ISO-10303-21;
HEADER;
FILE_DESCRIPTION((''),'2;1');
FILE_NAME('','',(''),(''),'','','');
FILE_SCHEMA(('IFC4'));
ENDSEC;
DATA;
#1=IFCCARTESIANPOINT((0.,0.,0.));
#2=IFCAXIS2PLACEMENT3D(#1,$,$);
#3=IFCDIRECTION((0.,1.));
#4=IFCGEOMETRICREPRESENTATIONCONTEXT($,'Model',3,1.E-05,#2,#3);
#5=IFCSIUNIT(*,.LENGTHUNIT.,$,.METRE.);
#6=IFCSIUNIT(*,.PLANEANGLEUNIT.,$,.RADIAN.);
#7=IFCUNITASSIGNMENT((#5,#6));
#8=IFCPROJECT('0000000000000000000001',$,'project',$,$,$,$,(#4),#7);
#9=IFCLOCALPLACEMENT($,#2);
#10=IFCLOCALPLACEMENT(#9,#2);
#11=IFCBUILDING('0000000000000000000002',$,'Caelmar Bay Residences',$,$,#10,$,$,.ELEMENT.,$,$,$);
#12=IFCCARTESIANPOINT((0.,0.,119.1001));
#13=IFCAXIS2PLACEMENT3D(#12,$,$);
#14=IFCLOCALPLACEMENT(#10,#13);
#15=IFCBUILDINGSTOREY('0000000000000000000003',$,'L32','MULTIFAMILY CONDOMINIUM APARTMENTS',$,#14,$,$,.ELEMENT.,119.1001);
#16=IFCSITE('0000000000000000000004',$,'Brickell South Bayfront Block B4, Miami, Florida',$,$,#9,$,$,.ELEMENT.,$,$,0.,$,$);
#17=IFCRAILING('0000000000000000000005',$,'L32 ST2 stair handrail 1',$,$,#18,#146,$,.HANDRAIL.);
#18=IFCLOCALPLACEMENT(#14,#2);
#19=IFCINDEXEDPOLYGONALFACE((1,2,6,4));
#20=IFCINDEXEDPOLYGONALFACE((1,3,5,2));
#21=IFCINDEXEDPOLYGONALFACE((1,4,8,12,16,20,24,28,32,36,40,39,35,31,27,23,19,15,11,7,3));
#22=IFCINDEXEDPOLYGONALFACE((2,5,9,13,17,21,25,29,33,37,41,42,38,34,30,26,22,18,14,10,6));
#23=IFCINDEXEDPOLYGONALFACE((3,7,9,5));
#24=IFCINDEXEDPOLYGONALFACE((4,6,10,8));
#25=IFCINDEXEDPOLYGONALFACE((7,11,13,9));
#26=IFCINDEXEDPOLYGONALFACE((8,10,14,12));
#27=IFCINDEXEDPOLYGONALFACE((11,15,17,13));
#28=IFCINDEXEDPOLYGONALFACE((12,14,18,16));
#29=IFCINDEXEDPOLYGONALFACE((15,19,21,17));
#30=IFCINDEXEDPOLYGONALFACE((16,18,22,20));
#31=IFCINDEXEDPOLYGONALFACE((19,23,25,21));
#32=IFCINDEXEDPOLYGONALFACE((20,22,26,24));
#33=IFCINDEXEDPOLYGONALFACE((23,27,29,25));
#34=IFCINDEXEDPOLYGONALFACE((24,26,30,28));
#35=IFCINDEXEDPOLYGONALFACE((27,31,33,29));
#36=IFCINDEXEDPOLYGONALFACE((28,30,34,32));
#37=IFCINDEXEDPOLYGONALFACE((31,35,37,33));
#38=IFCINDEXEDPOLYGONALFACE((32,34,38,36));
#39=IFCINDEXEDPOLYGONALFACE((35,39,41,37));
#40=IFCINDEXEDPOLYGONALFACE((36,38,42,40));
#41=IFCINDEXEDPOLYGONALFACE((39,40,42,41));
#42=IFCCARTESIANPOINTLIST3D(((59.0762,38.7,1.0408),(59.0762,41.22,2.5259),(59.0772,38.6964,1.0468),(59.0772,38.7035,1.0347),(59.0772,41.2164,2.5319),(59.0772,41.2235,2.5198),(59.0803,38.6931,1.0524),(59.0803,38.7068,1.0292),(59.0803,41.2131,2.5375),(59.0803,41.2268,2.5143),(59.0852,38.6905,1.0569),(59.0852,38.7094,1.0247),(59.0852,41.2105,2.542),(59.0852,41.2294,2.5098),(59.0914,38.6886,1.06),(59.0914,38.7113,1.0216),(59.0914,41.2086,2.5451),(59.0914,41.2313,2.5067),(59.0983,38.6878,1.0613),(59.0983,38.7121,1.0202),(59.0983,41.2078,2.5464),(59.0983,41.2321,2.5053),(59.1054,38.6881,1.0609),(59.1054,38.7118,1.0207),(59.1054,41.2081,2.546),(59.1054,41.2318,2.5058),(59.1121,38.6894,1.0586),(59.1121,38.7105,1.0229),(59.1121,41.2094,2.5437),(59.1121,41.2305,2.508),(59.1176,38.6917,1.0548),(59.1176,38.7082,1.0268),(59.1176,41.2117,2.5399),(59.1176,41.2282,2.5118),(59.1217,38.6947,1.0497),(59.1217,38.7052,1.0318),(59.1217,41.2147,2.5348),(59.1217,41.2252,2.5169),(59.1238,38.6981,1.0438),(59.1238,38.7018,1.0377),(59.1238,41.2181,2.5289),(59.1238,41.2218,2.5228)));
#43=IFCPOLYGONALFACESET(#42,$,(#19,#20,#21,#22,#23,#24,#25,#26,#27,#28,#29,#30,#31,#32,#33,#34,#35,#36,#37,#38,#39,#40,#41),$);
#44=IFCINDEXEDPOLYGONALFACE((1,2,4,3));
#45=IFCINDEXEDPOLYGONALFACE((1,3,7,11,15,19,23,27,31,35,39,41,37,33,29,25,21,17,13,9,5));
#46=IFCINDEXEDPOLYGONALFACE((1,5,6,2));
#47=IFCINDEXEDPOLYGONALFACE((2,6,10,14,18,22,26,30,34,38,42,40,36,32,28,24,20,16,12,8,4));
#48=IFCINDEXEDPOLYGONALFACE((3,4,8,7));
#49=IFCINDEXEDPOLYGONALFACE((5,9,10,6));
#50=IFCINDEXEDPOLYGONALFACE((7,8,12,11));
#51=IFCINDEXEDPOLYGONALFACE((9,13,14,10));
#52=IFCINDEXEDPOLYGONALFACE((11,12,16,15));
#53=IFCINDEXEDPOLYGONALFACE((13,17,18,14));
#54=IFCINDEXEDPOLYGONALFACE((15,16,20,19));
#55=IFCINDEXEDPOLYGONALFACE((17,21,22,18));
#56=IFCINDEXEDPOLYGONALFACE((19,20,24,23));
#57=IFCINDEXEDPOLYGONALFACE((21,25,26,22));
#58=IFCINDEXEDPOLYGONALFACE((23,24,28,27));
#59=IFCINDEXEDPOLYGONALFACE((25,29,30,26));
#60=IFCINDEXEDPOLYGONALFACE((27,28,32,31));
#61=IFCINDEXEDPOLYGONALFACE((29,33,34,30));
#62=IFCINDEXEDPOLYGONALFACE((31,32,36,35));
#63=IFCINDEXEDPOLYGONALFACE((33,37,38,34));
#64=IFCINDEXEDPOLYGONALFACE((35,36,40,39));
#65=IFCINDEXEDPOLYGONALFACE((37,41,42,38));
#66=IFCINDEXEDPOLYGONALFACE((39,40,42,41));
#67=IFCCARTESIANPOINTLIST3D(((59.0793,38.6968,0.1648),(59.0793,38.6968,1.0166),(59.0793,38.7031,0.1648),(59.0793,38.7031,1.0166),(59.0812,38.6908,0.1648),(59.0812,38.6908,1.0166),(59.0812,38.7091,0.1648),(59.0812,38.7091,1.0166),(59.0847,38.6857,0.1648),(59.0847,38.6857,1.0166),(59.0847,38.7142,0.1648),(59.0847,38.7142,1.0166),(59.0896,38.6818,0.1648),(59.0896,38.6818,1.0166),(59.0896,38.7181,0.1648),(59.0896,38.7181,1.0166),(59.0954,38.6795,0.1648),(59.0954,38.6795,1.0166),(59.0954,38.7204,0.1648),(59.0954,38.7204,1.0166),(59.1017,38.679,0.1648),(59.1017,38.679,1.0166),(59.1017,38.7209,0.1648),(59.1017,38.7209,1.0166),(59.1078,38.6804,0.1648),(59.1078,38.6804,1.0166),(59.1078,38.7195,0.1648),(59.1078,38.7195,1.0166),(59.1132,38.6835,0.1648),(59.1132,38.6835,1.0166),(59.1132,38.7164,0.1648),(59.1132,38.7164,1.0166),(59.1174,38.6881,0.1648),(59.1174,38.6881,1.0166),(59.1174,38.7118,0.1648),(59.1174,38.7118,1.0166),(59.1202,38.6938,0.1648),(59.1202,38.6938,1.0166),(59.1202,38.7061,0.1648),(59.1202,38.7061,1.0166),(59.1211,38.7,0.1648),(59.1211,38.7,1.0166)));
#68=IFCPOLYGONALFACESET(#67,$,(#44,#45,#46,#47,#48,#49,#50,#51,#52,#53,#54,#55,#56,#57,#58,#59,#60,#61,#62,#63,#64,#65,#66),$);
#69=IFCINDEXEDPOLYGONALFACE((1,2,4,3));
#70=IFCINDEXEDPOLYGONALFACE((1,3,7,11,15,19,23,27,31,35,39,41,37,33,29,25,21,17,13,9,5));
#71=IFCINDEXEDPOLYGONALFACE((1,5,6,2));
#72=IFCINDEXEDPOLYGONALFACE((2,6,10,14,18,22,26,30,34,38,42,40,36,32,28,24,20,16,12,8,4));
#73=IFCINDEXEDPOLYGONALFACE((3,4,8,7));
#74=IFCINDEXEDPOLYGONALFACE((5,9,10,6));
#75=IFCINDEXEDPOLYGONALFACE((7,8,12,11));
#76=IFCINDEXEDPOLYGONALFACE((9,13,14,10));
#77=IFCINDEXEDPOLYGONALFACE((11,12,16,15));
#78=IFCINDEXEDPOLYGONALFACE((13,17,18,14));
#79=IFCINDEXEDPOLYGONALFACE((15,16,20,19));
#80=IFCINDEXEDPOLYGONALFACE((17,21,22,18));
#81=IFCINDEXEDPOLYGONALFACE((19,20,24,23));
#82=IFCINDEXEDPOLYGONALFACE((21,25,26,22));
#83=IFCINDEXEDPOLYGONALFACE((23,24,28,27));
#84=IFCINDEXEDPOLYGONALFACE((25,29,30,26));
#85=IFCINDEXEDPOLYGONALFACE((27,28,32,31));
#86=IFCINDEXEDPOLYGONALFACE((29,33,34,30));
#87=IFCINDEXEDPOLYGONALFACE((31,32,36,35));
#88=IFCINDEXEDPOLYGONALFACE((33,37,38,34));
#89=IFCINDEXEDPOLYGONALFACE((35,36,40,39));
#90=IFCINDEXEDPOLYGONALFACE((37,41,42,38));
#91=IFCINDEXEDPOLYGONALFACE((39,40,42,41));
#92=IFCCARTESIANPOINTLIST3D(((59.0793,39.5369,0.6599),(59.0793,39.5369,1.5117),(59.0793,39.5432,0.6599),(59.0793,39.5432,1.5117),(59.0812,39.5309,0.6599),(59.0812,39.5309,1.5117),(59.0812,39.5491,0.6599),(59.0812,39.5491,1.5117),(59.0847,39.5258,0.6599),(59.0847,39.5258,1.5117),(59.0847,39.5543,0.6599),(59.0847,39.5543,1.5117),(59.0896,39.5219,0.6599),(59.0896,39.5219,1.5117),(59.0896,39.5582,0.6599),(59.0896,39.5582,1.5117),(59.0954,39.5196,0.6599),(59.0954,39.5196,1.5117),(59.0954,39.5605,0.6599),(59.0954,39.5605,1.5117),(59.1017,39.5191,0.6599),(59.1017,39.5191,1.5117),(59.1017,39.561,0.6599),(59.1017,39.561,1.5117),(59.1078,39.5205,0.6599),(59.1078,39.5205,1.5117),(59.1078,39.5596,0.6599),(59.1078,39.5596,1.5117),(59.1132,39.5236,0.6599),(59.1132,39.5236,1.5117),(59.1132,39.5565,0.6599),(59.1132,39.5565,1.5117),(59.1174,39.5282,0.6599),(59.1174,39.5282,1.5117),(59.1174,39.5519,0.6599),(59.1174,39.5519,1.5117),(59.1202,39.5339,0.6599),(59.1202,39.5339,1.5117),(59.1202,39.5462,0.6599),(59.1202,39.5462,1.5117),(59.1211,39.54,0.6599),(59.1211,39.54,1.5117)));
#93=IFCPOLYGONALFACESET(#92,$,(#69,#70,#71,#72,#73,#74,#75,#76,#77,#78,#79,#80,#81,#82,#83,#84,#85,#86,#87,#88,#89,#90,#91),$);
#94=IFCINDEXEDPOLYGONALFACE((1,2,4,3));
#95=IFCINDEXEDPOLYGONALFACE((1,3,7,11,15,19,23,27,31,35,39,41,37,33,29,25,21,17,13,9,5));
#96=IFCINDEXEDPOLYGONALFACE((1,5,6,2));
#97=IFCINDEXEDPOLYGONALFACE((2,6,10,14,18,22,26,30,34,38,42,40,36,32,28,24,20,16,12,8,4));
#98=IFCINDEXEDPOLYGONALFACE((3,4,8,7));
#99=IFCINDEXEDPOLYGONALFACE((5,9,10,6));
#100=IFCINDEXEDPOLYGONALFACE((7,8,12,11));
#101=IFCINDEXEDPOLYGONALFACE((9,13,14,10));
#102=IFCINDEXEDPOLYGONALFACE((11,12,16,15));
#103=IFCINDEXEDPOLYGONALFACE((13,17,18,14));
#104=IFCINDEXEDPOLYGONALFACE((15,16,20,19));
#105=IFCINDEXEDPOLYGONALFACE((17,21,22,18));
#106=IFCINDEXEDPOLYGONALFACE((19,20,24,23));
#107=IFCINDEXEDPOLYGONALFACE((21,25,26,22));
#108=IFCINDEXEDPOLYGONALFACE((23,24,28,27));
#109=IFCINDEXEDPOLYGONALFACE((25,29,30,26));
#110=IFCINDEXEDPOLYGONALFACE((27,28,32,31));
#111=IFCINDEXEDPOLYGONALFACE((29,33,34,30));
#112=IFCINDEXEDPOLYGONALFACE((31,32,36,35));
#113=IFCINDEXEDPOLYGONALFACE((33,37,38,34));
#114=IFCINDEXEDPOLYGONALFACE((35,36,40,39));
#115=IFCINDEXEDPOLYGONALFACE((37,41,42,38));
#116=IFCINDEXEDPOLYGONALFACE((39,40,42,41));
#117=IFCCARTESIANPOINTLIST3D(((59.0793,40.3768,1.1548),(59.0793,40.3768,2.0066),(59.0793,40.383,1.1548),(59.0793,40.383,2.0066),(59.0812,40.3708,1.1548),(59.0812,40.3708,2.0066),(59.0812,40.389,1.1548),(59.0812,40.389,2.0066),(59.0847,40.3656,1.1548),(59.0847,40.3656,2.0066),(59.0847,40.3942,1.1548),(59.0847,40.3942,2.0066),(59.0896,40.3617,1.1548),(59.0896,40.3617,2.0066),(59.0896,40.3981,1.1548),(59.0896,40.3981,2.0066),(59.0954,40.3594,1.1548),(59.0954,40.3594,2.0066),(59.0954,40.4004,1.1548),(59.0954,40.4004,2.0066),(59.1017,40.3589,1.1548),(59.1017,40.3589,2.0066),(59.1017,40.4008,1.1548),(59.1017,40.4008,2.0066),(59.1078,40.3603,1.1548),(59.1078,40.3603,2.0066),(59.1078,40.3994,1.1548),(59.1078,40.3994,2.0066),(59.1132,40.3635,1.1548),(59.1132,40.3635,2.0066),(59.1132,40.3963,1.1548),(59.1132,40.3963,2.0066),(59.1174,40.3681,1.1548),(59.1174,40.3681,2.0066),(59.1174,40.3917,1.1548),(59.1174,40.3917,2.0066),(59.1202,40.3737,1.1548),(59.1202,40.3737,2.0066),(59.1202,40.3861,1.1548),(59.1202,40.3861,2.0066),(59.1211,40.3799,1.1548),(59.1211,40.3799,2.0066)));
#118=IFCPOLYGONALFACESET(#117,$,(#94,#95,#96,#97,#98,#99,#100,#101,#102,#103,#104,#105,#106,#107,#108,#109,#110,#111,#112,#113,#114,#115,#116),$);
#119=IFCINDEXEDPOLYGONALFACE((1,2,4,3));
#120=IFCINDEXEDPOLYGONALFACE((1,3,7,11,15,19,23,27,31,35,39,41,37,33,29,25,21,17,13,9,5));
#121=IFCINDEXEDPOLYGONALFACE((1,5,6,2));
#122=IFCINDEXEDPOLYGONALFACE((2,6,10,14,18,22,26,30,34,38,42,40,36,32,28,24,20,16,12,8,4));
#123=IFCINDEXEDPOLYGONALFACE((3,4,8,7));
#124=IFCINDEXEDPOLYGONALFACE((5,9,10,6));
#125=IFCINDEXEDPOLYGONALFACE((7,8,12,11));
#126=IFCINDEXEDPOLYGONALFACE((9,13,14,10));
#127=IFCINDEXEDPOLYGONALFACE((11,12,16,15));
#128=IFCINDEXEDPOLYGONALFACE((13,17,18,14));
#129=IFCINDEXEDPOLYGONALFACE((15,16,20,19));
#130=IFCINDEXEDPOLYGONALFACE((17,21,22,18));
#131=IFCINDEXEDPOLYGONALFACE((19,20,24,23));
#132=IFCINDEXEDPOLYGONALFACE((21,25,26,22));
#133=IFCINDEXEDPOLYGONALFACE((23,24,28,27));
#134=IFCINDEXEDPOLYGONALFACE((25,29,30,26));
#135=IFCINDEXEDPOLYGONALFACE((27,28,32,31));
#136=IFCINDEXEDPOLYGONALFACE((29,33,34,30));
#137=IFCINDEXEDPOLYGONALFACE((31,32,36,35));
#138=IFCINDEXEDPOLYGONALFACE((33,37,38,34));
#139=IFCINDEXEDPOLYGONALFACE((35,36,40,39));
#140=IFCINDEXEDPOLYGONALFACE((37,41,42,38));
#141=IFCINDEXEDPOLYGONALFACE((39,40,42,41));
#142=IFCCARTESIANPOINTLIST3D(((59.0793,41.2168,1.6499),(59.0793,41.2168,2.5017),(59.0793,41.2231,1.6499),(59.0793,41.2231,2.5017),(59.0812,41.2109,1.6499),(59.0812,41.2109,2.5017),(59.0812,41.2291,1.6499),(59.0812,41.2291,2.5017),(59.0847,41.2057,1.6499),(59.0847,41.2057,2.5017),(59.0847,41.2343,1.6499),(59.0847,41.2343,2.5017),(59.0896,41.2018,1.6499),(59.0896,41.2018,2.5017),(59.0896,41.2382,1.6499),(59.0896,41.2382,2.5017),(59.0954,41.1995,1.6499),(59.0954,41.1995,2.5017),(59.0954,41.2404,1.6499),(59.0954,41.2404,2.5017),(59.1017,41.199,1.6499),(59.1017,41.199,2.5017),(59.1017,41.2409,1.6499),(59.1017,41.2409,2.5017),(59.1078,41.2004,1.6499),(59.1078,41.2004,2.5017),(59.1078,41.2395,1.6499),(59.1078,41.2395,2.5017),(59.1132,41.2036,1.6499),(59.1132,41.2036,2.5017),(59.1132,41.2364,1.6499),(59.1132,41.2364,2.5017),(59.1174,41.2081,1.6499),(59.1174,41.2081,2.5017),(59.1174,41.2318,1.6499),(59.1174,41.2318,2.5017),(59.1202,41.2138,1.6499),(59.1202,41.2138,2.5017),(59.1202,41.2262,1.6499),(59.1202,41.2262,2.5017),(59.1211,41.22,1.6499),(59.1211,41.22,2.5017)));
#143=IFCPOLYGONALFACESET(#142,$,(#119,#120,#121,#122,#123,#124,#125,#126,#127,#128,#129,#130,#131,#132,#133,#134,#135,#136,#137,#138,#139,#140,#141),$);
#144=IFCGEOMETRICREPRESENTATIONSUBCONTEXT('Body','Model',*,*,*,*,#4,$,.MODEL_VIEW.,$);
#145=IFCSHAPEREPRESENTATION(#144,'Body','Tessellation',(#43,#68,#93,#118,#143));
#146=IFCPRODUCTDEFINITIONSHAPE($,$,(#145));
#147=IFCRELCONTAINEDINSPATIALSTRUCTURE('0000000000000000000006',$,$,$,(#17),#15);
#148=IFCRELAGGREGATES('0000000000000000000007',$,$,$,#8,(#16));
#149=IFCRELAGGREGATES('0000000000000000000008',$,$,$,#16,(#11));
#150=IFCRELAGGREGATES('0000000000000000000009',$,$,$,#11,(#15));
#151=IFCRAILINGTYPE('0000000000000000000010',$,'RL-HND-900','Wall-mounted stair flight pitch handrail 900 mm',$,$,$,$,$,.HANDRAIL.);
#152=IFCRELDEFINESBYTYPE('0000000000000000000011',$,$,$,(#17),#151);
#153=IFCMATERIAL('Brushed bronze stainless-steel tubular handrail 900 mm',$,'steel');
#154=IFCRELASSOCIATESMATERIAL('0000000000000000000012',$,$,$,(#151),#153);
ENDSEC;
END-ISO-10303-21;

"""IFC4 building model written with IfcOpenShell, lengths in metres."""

from ifc_helpers import new_model, si_unit, direction, frame, origin, origin_2d, place, context, subcontext, project, spatial, circle, extrude, material, type_object, element, save


model = new_model("IFC4")

# Units and contexts
model_context = context("Model", 3, precision=1e-05, world=origin(), true_north=direction((0.0, 1.0)))
body_context = subcontext(model_context, "Body", "Model", "MODEL_VIEW")
ifc_project = project(units=[si_unit("LENGTHUNIT", "METRE"), si_unit("PLANEANGLEUNIT", "RADIAN")], contexts=[model_context])

# Site, building, storey
site_placement = place(None, origin())
site = spatial("IfcSite", under=ifc_project, at=site_placement, Name="Brickell South Bayfront Block B4, Miami, Florida", CompositionType="ELEMENT", RefElevation=0.0)
building_placement = place(site_placement, origin())
building = spatial("IfcBuilding", under=site, at=building_placement, Name="Caelmar Bay Residences", CompositionType="ELEMENT")
storey_placement = place(building_placement, frame((0.0, 0.0, 119.1001)))
storey = spatial("IfcBuildingStorey", under=building, at=storey_placement, Name="L32", Description="MULTIFAMILY CONDOMINIUM APARTMENTS", CompositionType="ELEMENT", Elevation=119.1001)

# Railing
ifc_material_1 = material(Name="Brushed bronze stainless-steel tubular handrail 900 mm", Category="steel")
railing_type_1 = type_object("IfcRailingType", Name="RL-HND-900", Description="Wall-mounted stair flight pitch handrail 900 mm", PredefinedType="HANDRAIL", material=ifc_material_1)
railing_1_placement = place(storey_placement, frame((59.1001, 38.7, 0.1648)))
element("IfcRailing", 1, at=railing_1_placement, inside=storey, type_object=railing_type_1, Name="L32 ST2 stair handrail 1", PredefinedType="HANDRAIL", context=body_context, shape_type="SweptSolid", body=[
    extrude(circle(Radius=0.0239, at=origin_2d()), frame((0.0, 0.0, 0.876), z_axis=(0.0, 0.861524, 0.507717), x_axis=(-1.0, 0.0, 0.0)), (0.0, 0.0, 1.0), 2.925),
    extrude(circle(Radius=0.021, at=origin_2d()), origin(), (0.0, 0.0, 1.0), 0.8518),
    extrude(circle(Radius=0.021, at=origin_2d()), frame((0.0, 0.8401, 0.4951)), (0.0, 0.0, 1.0), 0.8518),
    extrude(circle(Radius=0.021, at=origin_2d()), frame((0.0, 1.6799, 0.99)), (0.0, 0.0, 1.0), 0.8518),
    extrude(circle(Radius=0.021, at=origin_2d()), frame((0.0, 2.52, 1.4851)), (0.0, 0.0, 1.0), 0.8518),
])

save(model, "model.ifc")
